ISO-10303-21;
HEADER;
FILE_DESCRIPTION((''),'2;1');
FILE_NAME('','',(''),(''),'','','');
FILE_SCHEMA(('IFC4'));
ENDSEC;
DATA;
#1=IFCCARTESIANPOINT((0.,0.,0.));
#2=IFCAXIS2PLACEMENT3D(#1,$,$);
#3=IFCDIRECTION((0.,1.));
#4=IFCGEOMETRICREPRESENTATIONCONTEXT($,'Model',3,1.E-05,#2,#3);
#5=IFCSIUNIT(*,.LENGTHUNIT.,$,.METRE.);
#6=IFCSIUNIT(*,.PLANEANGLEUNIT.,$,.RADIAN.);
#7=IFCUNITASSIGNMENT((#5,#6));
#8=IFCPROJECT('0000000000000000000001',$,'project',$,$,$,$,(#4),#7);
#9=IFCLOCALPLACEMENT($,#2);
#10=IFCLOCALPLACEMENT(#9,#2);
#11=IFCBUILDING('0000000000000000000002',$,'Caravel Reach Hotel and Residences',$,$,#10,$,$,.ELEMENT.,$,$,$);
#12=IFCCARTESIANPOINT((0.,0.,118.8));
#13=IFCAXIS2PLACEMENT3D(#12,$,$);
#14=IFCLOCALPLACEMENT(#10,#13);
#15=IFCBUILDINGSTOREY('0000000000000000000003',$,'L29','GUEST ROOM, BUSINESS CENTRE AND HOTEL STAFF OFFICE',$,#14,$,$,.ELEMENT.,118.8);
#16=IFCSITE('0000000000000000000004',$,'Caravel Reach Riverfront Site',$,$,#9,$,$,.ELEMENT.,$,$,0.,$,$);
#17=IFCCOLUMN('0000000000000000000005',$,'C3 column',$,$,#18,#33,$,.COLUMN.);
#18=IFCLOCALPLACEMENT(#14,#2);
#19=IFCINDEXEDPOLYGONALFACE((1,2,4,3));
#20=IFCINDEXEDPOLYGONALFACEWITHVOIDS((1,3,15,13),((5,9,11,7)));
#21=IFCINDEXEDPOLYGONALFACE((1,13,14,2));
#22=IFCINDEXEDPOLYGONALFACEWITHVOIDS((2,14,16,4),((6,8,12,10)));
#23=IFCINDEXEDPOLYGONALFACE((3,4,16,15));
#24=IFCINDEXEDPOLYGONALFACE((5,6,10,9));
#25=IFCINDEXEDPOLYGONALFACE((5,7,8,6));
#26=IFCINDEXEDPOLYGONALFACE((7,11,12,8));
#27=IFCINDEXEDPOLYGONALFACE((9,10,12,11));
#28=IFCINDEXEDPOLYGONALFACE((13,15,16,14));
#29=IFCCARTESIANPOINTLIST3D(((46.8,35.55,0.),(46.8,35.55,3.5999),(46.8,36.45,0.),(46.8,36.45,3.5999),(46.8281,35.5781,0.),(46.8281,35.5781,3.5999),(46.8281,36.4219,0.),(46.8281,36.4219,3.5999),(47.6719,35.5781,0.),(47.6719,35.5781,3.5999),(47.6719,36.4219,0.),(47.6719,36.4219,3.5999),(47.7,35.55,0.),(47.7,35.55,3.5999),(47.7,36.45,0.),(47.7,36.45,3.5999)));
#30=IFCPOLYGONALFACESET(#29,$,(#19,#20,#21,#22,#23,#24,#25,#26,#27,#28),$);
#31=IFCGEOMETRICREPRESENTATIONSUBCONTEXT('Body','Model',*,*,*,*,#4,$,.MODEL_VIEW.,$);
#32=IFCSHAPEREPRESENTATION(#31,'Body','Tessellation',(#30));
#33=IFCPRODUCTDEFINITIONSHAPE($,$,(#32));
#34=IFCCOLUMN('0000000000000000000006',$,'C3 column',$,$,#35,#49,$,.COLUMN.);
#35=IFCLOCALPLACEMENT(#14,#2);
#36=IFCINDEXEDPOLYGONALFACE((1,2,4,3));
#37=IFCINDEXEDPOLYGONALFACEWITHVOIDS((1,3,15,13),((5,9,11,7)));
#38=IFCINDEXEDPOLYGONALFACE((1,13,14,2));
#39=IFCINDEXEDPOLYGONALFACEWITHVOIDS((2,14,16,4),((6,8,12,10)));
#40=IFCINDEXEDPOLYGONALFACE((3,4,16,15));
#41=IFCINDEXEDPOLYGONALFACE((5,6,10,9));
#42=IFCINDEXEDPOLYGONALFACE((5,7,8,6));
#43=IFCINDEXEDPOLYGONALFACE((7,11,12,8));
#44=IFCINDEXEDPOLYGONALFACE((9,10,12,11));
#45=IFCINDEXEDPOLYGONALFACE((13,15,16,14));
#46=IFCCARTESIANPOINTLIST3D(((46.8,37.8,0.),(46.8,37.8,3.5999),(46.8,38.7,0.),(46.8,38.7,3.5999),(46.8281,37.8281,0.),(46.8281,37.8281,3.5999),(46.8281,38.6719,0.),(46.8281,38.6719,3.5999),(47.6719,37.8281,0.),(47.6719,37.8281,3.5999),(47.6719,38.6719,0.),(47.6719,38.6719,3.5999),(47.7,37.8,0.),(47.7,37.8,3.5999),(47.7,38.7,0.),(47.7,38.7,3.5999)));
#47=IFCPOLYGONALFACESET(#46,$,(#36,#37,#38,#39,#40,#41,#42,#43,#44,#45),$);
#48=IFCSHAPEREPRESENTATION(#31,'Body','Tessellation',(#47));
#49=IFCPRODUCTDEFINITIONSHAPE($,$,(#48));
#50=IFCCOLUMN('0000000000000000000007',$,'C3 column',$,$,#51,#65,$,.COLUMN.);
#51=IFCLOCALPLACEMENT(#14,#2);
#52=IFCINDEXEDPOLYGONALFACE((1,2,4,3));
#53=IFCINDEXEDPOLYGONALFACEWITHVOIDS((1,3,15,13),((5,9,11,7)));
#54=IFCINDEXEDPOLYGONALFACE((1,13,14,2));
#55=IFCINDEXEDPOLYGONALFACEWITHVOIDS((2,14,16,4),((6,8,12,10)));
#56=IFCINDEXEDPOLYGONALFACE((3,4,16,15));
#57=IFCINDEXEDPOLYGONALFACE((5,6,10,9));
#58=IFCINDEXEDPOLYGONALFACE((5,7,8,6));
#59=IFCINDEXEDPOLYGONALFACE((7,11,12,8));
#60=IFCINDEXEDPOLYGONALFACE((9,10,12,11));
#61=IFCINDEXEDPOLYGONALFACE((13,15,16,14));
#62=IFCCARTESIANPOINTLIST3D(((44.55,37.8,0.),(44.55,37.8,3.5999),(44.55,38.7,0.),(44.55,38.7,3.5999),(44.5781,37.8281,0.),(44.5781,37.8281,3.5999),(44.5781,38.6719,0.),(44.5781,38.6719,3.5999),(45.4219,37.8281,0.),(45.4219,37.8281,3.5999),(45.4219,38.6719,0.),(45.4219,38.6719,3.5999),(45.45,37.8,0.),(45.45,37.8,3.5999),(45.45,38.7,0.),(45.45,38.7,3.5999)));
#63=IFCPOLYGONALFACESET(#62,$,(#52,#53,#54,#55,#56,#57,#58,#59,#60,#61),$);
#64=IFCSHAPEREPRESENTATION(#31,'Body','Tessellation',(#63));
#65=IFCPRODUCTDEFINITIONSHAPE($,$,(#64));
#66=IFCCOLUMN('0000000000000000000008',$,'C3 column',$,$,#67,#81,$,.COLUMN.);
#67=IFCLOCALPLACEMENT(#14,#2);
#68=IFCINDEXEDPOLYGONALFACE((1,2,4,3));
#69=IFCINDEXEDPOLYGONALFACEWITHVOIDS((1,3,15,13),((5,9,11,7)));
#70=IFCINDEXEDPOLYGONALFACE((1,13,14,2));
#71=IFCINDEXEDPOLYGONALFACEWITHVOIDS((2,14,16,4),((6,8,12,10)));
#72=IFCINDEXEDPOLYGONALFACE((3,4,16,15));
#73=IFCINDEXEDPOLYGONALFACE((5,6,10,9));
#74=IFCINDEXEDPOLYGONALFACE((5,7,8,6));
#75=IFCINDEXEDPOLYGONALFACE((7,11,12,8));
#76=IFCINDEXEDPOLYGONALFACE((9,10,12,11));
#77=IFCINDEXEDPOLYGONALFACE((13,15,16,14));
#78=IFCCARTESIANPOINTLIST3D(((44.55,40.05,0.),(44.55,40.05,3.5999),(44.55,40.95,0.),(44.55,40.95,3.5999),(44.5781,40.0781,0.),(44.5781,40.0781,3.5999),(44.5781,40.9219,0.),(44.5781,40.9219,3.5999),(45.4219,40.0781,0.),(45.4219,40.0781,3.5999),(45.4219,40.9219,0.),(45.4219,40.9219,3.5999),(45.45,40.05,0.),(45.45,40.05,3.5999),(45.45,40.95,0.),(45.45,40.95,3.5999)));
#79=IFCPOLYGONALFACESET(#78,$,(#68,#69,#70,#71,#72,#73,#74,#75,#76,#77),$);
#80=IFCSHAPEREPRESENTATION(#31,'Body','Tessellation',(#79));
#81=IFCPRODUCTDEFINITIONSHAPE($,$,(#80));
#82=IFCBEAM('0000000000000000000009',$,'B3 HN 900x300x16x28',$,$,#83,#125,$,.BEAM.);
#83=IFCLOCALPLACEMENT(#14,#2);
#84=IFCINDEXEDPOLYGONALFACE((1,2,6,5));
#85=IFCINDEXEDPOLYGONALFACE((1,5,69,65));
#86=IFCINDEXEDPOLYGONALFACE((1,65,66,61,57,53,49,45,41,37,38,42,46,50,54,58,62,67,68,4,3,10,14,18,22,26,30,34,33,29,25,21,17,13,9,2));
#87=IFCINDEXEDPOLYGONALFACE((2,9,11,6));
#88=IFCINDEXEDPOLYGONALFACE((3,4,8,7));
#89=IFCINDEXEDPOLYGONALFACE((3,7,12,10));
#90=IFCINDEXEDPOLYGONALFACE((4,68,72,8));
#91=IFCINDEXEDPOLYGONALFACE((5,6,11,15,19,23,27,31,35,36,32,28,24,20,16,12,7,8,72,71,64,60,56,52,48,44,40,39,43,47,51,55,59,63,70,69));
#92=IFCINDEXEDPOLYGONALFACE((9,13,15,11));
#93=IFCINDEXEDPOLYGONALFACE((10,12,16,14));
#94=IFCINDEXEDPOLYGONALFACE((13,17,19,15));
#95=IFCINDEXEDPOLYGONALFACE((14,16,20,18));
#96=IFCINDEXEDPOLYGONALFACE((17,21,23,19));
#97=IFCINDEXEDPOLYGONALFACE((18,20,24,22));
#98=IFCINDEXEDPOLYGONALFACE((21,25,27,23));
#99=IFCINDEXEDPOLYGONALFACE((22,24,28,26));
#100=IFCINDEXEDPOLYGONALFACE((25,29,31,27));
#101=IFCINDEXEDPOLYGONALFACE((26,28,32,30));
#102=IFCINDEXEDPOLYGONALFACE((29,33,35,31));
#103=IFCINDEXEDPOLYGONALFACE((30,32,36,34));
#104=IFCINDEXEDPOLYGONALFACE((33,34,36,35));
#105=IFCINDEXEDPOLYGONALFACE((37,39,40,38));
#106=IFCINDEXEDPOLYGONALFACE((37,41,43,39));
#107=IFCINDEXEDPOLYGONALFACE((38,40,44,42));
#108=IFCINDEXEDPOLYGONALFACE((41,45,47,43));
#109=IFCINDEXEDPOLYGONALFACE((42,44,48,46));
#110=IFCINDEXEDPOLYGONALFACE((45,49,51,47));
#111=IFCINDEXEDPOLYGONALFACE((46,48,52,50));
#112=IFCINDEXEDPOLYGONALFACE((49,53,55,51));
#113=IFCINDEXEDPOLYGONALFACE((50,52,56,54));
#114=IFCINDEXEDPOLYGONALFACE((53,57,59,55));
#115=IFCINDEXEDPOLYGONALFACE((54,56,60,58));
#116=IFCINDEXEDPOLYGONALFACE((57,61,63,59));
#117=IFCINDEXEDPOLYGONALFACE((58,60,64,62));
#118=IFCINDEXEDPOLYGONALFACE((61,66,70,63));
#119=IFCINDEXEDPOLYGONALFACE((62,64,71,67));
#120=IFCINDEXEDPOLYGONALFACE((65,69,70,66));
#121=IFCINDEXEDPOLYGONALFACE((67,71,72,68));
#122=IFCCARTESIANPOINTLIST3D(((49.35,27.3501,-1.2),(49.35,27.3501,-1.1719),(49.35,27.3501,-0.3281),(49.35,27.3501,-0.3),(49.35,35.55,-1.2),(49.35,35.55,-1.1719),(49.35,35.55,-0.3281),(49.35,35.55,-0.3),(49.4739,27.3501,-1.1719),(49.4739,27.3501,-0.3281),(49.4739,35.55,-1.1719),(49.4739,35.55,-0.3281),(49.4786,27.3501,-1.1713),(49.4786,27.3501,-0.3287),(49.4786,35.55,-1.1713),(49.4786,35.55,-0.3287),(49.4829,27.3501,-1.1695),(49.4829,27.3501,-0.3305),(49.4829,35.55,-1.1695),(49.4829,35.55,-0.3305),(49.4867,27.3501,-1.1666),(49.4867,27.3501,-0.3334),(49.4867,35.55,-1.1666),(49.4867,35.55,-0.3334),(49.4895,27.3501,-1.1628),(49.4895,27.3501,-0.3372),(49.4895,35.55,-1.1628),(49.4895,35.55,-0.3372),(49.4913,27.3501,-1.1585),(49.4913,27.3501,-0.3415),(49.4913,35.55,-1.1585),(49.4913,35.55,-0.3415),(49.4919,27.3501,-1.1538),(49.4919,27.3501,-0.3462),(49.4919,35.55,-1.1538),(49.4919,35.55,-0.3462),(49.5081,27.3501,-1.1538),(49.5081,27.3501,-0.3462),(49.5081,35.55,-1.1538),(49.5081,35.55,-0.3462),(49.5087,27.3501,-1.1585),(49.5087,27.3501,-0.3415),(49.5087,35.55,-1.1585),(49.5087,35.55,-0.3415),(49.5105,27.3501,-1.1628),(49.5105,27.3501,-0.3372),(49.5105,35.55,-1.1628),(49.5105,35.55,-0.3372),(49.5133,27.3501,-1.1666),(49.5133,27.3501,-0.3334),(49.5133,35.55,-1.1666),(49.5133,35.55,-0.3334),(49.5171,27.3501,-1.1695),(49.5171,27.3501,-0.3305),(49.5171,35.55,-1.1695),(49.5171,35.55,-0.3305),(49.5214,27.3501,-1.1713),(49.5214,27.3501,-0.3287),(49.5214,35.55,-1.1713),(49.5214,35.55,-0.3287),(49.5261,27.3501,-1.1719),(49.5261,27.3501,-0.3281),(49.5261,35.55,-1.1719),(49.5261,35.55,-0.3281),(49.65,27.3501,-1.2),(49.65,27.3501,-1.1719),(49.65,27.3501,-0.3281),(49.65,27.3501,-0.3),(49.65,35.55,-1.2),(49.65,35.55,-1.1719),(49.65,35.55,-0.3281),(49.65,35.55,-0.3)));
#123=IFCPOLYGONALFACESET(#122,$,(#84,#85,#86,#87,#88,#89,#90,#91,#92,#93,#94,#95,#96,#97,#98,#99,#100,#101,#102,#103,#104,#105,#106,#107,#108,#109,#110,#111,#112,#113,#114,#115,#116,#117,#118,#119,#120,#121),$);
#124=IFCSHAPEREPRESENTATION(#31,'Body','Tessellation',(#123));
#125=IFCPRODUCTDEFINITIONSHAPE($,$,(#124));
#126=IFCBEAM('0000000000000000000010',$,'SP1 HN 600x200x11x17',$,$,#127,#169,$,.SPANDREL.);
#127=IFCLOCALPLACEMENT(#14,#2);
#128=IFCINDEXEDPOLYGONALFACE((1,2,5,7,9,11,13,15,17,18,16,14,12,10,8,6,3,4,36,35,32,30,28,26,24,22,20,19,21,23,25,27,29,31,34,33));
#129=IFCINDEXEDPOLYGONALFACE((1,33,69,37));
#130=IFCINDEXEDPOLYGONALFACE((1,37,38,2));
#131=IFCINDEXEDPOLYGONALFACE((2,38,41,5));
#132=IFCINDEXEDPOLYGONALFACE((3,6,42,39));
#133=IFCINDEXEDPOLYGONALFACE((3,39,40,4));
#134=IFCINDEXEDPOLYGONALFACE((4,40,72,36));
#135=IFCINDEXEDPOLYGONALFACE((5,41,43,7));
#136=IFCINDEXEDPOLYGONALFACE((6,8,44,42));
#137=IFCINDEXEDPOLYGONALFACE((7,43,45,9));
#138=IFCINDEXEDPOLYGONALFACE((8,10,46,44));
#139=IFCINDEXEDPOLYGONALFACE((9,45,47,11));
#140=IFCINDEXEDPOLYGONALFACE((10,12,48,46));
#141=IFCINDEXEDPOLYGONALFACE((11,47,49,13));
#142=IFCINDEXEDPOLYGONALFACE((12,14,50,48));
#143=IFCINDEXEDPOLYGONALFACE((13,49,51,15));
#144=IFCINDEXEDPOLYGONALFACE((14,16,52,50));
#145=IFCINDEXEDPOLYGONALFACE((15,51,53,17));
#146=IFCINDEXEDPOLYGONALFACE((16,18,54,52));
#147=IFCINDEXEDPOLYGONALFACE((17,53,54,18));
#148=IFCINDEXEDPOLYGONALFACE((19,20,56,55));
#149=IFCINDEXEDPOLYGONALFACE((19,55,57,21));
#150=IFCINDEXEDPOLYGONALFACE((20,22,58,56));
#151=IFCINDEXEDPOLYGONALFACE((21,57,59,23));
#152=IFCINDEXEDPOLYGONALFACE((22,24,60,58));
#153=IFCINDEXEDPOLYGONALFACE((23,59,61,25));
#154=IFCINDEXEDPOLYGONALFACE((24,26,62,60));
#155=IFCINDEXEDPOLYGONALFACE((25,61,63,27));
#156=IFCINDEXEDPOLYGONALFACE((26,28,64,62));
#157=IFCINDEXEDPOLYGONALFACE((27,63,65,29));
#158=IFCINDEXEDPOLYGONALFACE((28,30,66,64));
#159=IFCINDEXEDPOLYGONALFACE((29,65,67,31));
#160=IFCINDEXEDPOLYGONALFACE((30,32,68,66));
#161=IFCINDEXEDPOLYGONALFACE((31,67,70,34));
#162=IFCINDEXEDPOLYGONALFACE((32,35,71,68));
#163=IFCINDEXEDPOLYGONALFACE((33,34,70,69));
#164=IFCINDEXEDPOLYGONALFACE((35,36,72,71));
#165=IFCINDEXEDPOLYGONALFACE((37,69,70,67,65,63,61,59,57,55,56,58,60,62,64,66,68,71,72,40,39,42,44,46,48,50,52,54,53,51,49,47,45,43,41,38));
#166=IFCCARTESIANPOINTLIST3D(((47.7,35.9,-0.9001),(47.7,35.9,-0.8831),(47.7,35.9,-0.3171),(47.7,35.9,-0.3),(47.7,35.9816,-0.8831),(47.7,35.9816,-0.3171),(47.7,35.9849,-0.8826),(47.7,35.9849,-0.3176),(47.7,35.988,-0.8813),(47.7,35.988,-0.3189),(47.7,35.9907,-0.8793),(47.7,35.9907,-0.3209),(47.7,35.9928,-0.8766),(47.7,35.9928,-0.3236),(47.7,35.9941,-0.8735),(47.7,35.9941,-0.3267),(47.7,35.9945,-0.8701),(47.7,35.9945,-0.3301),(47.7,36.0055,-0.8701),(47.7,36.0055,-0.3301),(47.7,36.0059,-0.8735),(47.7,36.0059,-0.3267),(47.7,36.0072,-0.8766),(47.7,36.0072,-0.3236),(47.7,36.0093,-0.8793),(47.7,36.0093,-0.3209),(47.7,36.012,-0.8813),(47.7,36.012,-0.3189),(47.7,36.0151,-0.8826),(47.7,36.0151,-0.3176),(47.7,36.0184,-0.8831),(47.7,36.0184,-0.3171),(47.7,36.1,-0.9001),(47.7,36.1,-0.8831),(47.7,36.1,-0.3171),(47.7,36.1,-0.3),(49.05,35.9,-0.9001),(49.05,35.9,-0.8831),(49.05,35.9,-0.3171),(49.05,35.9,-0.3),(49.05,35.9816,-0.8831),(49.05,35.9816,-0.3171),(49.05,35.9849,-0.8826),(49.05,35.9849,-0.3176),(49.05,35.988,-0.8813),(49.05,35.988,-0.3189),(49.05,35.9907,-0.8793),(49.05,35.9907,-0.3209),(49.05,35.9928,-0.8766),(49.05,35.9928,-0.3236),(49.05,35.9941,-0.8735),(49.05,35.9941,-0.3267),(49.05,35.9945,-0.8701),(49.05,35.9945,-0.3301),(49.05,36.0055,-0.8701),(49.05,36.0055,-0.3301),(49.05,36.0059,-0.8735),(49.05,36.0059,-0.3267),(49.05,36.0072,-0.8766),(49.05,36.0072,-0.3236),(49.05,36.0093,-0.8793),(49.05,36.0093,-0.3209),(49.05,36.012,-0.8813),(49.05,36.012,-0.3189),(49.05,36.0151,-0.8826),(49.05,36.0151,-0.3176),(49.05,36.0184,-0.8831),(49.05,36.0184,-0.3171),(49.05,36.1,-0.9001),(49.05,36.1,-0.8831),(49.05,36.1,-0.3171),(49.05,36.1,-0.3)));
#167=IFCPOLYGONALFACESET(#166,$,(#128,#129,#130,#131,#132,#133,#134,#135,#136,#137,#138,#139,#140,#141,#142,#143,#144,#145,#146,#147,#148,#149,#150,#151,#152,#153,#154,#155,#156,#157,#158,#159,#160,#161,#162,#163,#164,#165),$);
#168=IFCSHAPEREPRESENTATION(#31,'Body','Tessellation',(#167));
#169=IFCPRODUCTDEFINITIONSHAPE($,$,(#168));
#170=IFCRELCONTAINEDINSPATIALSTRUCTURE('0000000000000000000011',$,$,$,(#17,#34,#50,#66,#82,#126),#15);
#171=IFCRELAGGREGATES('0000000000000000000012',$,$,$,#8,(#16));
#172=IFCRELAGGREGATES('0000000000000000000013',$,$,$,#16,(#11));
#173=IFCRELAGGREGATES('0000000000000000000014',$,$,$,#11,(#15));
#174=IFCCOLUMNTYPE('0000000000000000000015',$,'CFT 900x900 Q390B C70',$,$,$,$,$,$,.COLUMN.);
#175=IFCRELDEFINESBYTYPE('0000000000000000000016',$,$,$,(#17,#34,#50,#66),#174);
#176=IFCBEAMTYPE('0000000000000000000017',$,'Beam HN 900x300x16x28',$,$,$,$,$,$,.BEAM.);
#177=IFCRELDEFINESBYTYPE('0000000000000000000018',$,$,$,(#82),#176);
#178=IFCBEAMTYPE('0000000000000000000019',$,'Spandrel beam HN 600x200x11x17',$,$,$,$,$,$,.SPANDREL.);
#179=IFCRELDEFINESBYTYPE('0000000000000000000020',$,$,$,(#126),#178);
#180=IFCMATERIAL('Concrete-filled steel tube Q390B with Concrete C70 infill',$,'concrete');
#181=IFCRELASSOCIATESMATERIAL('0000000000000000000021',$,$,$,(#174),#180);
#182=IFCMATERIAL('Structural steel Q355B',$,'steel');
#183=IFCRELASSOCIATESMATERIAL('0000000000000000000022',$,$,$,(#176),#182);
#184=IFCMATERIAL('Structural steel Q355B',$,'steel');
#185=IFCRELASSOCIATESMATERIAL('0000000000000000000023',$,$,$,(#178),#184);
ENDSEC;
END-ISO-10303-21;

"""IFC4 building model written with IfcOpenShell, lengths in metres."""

from ifc_helpers import new_model, si_unit, direction, frame, origin, origin_2d, place, context, subcontext, project, spatial, hollow_rectangle, i_section, extrude, material, material_profile, profile_set, type_object, element, save


model = new_model("IFC4")

# Units and contexts
model_context = context("Model", 3, precision=1e-05, world=origin(), true_north=direction((0.0, 1.0)))
body_context = subcontext(model_context, "Body", "Model", "MODEL_VIEW")
ifc_project = project(units=[si_unit("LENGTHUNIT", "METRE"), si_unit("PLANEANGLEUNIT", "RADIAN")], contexts=[model_context])

# Site, building, storey
site_placement = place(None, origin())
site = spatial("IfcSite", under=ifc_project, at=site_placement, Name="Caravel Reach Riverfront Site", CompositionType="ELEMENT", RefElevation=0.0)
building_placement = place(site_placement, origin())
building = spatial("IfcBuilding", under=site, at=building_placement, Name="Caravel Reach Hotel and Residences", CompositionType="ELEMENT")
storey_placement = place(building_placement, frame((0.0, 0.0, 118.8)))
storey = spatial("IfcBuildingStorey", under=building, at=storey_placement, Name="L29", Description="GUEST ROOM, BUSINESS CENTRE AND HOTEL STAFF OFFICE", CompositionType="ELEMENT", Elevation=118.8)

# Columns
ifc_material_1 = material(Name="Concrete-filled steel tube Q390B with Concrete C70 infill", Category="concrete")
ifc_material_profile_1 = material_profile(ifc_material_1, hollow_rectangle(XDim=0.8999, YDim=0.8999, WallThickness=0.0281, at=origin_2d()), Name="RHS 900x900x28")
ifc_profile_set_1 = profile_set([ifc_material_profile_1], Name="Concrete-filled steel tube Q390B with Concrete C70 infill")
column_type = type_object("IfcColumnType", Name="CFT 900x900 Q390B C70", PredefinedType="COLUMN", material=ifc_profile_set_1)
for number, where, z_axis, x_axis, name in (
    (1, (47.25, 36.0, 0.0), (0.0, 0.0, 1.0), (1.0, 0.0, 0.0), "C3 column"),
    (2, (47.25, 38.25, 0.0), (0.0, 0.0, 1.0), (1.0, 0.0, 0.0), "C3 column"),
    (3, (45.0, 38.25, 0.0), (0.0, 0.0, 1.0), (1.0, 0.0, 0.0), "C3 column"),
    (4, (45.0, 40.5, 0.0), (0.0, 0.0, 1.0), (1.0, 0.0, 0.0), "C3 column"),
):
    element("IfcColumn", number, at=place(storey_placement, frame(where, z_axis=z_axis, x_axis=x_axis)), inside=storey, type_object=column_type, Name=name, PredefinedType="COLUMN", context=body_context, shape_type="SweptSolid", body=[
        extrude(hollow_rectangle(XDim=0.8999, YDim=0.8999, WallThickness=0.0281, at=origin_2d()), origin(), (0.0, 0.0, 1.0), 3.5999),
    ])

# Beams
ifc_material_2 = material(Name="Structural steel Q355B", Category="steel")
ifc_material_profile_2 = material_profile(ifc_material_2, i_section(OverallWidth=0.3, OverallDepth=0.8999, WebThickness=0.0161, FlangeThickness=0.0281, FilletRadius=0.0181, at=origin_2d()), Name="HN 900x300x16x28")
ifc_profile_set_2 = profile_set([ifc_material_profile_2], Name="Structural steel Q355B")
beam_type_1 = type_object("IfcBeamType", Name="Beam HN 900x300x16x28", PredefinedType="BEAM", material=ifc_profile_set_2)
beam_1_placement = place(storey_placement, frame((49.5, 27.3501, -0.75), z_axis=(0.0, 1.0, 0.0), x_axis=(-1.0, 0.0, 0.0)))
element("IfcBeam", 5, at=beam_1_placement, inside=storey, type_object=beam_type_1, Name="B3 HN 900x300x16x28", PredefinedType="BEAM", context=body_context, shape_type="SweptSolid", body=[
    extrude(i_section(OverallWidth=0.3, OverallDepth=0.8999, WebThickness=0.0161, FlangeThickness=0.0281, FilletRadius=0.0181, at=origin_2d()), origin(), (0.0, 0.0, 1.0), 8.2),
])
ifc_material_3 = material(Name="Structural steel Q355B", Category="steel")
ifc_material_profile_3 = material_profile(ifc_material_3, i_section(OverallWidth=0.2, OverallDepth=0.6001, WebThickness=0.011, FlangeThickness=0.0171, FilletRadius=0.0129, at=origin_2d()), Name="HN 600x200x11x17")
ifc_profile_set_3 = profile_set([ifc_material_profile_3], Name="Structural steel Q355B")
beam_type_2 = type_object("IfcBeamType", Name="Spandrel beam HN 600x200x11x17", PredefinedType="SPANDREL", material=ifc_profile_set_3)
for number, where, z_axis, x_axis, name in (
    (6, (49.05, 36.0, -0.6001), (-1.0, 0.0, 0.0), (0.0, -1.0, 0.0), "SP1 HN 600x200x11x17"),
):
    element("IfcBeam", number, at=place(storey_placement, frame(where, z_axis=z_axis, x_axis=x_axis)), inside=storey, type_object=beam_type_2, Name=name, PredefinedType="SPANDREL", context=body_context, shape_type="SweptSolid", body=[
        extrude(i_section(OverallWidth=0.2, OverallDepth=0.6001, WebThickness=0.011, FlangeThickness=0.0171, FilletRadius=0.0129, at=origin_2d()), origin(), (0.0, 0.0, 1.0), 1.3501),
    ])

save(model, "model.ifc")
